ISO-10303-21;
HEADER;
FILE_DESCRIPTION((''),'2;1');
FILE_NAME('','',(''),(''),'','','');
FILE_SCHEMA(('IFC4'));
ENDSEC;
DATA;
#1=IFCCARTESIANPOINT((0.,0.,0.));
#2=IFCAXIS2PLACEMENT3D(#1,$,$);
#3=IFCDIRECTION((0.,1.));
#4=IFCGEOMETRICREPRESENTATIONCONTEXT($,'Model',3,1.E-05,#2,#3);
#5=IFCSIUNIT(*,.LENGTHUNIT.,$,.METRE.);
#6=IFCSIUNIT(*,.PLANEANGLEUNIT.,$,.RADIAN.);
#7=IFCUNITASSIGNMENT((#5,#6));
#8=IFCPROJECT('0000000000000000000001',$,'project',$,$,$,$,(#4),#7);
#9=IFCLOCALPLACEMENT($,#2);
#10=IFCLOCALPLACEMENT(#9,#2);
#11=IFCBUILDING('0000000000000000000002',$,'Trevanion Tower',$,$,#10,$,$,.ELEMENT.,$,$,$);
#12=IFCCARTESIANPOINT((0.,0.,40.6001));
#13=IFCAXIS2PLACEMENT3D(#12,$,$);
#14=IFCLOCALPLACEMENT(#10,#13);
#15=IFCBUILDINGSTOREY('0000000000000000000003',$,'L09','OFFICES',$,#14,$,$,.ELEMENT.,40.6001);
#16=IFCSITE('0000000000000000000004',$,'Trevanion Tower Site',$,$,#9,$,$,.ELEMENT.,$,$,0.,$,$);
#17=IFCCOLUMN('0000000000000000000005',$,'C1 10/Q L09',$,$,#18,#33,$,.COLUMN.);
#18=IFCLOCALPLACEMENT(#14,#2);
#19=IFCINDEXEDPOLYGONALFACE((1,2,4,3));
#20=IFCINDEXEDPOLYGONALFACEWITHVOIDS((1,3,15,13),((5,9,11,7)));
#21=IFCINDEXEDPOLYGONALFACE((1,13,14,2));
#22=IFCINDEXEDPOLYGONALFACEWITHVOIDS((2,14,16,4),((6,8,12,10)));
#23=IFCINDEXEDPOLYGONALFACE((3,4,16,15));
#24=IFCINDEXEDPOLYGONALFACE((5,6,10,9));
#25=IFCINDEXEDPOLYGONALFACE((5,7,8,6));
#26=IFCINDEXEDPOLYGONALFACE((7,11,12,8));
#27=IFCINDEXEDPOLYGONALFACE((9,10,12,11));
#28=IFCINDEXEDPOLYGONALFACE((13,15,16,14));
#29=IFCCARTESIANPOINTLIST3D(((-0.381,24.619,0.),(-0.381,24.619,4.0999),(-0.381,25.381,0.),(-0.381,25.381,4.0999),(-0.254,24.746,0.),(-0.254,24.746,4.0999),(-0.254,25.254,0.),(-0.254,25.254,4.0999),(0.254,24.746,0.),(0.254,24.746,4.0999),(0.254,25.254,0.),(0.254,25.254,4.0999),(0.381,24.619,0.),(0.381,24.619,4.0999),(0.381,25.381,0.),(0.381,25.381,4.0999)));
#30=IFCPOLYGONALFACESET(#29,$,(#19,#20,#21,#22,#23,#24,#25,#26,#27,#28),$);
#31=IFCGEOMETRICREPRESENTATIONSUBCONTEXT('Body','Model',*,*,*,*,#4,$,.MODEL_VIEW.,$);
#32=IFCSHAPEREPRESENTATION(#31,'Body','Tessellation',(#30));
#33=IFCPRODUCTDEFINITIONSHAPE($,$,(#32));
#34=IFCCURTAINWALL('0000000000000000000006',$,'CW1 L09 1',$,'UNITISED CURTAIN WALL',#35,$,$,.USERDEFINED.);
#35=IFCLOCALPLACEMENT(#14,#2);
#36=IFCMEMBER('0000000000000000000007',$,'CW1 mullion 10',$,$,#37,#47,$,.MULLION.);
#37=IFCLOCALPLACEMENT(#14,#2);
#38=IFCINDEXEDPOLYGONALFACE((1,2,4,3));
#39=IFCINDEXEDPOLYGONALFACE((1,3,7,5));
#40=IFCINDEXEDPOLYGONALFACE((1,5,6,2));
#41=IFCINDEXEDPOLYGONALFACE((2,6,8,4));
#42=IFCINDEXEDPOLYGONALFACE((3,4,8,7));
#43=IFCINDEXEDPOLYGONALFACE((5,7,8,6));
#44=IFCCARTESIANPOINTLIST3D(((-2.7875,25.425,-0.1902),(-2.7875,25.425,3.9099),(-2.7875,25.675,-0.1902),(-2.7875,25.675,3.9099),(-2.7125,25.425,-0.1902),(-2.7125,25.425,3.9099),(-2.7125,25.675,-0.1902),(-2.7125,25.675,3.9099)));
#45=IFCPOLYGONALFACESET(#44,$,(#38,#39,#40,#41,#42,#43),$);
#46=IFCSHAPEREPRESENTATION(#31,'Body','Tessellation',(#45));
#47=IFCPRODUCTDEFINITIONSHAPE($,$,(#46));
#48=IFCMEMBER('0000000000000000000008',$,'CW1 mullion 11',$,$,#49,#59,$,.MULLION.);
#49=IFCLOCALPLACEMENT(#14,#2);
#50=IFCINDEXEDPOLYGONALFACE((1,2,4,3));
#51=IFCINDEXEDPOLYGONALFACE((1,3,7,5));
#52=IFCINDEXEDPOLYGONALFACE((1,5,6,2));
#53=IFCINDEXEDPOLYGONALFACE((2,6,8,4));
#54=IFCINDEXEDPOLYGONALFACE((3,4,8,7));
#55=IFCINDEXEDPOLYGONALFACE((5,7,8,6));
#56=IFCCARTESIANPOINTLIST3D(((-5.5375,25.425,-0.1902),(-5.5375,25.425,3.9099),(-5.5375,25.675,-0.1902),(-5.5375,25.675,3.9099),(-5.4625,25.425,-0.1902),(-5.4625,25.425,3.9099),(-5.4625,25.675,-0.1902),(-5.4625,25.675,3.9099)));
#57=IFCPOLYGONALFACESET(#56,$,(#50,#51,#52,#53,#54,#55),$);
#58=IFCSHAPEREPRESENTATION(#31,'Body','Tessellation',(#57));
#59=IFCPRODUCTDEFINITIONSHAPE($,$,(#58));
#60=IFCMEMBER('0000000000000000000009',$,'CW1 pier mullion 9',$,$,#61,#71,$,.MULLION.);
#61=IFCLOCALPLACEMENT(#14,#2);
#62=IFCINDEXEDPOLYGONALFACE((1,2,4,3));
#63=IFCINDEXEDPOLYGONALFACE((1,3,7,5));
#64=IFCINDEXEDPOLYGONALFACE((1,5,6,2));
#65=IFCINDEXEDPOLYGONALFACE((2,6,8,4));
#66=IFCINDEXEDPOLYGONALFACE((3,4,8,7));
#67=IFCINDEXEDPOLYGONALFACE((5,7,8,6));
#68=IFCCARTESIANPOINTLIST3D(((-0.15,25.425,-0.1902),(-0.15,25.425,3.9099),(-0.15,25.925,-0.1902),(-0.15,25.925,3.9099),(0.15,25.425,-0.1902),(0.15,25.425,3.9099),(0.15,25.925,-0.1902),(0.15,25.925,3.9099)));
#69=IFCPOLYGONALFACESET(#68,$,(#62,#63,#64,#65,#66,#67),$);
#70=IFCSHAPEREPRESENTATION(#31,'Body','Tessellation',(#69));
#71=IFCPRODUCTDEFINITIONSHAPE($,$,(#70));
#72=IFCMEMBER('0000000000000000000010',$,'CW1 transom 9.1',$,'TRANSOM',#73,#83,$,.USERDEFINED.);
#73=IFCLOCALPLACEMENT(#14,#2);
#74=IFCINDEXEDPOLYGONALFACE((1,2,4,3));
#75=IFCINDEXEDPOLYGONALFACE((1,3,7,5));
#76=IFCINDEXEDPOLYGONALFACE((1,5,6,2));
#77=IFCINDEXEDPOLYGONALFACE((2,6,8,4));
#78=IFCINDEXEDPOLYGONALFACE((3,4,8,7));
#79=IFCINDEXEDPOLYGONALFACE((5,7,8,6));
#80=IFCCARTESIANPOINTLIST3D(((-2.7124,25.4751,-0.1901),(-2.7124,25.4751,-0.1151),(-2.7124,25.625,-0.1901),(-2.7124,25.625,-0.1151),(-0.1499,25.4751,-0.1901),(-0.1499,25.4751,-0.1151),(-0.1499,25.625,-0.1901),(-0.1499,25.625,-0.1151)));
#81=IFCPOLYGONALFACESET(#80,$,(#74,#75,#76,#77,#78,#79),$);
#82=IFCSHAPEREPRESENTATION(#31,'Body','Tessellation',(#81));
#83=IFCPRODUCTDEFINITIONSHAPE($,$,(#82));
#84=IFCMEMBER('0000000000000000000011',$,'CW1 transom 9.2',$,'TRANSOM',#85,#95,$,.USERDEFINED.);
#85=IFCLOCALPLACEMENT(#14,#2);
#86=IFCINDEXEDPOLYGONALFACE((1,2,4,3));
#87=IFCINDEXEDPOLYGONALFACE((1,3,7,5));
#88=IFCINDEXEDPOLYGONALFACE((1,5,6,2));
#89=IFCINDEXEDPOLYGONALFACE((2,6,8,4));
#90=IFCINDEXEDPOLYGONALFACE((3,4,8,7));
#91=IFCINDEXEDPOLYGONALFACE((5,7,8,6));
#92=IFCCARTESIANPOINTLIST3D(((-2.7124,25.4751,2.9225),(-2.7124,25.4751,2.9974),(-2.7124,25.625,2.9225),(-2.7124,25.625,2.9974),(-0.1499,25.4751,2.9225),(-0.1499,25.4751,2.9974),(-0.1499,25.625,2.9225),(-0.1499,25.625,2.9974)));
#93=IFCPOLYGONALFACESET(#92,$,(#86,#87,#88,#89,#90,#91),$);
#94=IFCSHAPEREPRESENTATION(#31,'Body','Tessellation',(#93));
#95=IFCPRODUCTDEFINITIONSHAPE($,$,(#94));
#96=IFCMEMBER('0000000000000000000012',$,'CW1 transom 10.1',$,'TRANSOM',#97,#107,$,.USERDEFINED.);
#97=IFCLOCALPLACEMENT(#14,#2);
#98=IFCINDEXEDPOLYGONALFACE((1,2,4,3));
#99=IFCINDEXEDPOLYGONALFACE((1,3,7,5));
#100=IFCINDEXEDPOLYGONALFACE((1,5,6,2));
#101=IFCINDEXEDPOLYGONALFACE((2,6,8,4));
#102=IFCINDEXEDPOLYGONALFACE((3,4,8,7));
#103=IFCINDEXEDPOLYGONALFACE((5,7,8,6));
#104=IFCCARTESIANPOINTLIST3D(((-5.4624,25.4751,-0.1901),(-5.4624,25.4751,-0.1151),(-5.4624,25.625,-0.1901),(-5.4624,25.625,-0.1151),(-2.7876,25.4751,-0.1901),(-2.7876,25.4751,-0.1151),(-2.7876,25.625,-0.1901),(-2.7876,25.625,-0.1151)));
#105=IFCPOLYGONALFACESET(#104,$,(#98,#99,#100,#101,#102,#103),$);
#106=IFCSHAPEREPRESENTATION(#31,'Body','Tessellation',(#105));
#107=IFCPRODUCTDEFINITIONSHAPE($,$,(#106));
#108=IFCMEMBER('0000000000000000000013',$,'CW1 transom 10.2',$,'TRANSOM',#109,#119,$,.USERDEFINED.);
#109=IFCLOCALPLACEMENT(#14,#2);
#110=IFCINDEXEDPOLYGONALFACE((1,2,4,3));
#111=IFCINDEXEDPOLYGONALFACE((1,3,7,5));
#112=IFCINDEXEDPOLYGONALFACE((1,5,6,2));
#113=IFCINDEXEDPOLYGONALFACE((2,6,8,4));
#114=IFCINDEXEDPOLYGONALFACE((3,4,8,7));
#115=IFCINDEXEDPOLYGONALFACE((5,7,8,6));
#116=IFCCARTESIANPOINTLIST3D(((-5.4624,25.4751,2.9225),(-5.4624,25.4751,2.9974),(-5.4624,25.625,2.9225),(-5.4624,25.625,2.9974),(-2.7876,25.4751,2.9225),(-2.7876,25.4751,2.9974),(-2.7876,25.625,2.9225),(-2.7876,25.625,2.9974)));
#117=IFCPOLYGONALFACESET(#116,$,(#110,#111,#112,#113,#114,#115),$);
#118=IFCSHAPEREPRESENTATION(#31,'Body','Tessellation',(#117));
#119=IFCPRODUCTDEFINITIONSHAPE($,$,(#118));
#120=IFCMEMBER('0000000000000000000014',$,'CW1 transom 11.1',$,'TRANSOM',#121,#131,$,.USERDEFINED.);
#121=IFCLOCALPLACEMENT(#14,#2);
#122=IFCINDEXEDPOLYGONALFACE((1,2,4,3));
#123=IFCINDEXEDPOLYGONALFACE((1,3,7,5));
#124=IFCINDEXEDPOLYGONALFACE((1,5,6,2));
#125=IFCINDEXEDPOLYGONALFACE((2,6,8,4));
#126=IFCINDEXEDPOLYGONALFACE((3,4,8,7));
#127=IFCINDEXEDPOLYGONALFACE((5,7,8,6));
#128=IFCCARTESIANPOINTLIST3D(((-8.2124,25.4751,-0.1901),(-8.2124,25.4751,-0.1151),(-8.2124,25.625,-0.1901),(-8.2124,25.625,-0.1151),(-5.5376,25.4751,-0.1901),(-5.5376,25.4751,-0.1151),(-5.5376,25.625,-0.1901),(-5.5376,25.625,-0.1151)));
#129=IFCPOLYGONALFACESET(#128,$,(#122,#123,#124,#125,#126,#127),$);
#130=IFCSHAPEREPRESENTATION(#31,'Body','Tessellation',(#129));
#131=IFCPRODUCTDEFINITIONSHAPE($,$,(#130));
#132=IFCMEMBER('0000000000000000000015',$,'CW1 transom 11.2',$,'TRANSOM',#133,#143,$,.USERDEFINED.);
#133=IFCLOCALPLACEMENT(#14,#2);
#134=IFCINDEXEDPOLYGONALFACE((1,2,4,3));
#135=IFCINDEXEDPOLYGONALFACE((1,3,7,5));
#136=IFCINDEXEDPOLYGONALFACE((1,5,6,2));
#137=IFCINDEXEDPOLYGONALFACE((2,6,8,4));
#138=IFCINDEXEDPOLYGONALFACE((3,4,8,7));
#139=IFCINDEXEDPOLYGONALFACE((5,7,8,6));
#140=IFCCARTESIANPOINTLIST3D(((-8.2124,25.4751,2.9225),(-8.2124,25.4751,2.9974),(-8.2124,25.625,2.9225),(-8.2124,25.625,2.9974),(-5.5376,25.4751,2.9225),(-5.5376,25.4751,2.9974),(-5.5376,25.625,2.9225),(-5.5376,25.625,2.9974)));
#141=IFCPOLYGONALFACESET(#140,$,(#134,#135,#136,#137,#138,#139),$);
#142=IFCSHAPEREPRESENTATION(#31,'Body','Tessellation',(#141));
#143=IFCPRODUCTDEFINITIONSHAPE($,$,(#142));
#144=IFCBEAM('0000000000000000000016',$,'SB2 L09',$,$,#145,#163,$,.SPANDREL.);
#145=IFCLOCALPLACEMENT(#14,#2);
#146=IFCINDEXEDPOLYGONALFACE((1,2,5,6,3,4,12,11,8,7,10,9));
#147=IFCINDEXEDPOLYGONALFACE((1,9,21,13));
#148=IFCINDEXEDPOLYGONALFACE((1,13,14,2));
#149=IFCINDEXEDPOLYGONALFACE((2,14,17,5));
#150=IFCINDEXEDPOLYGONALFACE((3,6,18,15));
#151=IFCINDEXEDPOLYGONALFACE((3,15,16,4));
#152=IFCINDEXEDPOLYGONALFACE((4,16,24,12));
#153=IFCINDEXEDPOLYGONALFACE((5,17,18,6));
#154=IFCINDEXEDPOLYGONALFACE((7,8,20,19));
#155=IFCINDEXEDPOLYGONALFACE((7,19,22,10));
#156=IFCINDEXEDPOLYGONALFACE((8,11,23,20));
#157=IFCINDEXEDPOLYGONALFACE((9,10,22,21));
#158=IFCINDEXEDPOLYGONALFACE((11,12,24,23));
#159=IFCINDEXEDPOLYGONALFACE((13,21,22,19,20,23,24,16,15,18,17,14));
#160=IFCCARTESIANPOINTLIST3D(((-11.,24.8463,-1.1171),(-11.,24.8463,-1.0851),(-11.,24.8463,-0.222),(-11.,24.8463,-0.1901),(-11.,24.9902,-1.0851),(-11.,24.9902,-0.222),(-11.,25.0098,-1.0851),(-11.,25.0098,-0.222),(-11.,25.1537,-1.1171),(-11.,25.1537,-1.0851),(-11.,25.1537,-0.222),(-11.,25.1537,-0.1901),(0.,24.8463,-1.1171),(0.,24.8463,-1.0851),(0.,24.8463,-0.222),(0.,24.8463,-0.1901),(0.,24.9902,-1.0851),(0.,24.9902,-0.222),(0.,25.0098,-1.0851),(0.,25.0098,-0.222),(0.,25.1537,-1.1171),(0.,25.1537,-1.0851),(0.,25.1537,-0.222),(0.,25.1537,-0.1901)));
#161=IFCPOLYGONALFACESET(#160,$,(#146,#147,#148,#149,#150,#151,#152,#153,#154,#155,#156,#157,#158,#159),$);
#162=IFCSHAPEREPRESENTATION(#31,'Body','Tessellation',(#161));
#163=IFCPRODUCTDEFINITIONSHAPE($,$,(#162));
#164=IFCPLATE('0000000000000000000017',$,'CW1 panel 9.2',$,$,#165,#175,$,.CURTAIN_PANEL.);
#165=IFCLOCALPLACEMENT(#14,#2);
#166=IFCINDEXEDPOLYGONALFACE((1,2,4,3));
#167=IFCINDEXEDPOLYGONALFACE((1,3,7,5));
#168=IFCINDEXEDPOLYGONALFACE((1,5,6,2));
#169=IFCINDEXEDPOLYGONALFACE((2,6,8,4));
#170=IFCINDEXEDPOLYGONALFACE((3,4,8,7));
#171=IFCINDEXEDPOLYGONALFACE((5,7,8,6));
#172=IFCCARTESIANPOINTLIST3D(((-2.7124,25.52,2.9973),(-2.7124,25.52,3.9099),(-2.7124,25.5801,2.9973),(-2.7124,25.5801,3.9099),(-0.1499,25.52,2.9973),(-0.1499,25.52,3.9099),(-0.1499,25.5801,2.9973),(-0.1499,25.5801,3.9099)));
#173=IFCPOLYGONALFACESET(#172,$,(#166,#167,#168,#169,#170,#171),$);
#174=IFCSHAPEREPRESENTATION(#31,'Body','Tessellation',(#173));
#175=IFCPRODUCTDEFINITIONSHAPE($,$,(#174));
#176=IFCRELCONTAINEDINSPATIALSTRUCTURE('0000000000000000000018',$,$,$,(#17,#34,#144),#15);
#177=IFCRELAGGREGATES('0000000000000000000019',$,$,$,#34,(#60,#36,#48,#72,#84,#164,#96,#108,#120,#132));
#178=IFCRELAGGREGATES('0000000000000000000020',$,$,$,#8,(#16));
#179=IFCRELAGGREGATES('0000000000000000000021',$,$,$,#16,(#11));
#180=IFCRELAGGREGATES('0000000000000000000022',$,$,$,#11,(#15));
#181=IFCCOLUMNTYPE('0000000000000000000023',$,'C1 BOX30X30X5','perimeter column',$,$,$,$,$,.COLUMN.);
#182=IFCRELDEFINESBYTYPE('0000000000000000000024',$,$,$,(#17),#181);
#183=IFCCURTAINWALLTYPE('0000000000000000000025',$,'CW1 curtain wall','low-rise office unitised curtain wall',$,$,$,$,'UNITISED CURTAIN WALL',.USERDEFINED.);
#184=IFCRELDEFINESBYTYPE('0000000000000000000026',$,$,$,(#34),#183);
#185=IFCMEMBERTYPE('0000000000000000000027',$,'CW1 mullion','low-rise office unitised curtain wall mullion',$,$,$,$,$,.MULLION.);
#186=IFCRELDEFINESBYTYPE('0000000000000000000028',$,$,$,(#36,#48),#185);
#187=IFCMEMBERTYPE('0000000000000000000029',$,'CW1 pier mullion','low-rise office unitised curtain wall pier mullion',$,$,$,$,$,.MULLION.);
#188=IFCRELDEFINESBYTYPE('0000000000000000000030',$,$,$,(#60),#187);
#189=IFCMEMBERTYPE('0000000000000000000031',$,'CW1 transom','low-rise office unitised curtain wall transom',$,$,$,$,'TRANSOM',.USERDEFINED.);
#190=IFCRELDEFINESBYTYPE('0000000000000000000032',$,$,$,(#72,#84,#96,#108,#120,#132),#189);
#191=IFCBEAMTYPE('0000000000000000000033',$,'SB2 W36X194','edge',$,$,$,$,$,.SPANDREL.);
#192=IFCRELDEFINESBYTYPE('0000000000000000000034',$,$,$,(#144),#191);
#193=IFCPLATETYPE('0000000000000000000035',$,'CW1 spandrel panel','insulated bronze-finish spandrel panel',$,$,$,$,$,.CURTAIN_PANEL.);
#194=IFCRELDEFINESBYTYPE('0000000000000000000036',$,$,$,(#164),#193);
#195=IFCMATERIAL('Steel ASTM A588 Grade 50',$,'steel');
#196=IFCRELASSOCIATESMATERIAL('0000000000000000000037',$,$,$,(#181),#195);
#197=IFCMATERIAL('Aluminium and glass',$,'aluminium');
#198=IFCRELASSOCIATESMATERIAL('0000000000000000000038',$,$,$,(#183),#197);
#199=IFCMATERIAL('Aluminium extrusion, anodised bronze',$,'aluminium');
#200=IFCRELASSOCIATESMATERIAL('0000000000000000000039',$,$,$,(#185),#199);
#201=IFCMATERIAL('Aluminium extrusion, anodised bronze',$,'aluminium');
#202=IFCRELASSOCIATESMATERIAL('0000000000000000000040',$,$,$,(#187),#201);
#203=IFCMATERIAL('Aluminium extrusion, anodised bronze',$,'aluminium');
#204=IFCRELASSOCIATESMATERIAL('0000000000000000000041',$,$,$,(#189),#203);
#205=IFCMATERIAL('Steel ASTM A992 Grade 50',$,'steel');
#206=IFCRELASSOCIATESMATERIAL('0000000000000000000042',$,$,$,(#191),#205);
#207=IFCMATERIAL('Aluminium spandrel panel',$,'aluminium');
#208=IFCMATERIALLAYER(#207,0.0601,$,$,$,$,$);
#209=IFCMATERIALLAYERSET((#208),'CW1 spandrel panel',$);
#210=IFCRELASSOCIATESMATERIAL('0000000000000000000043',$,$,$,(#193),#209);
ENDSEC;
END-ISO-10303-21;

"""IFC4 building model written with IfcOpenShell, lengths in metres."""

from ifc_helpers import new_model, si_unit, direction, frame, origin, origin_2d, place, context, subcontext, project, spatial, rectangle, hollow_rectangle, i_section, extrude, material, layer, layer_set, material_profile, profile_set, type_object, element, aggregate, save


model = new_model("IFC4")

# Units and contexts
model_context = context("Model", 3, precision=1e-05, world=origin(), true_north=direction((0.0, 1.0)))
body_context = subcontext(model_context, "Body", "Model", "MODEL_VIEW")
ifc_project = project(units=[si_unit("LENGTHUNIT", "METRE"), si_unit("PLANEANGLEUNIT", "RADIAN")], contexts=[model_context])

# Site, building, storey
site_placement = place(None, origin())
site = spatial("IfcSite", under=ifc_project, at=site_placement, Name="Trevanion Tower Site", CompositionType="ELEMENT", RefElevation=0.0)
building_placement = place(site_placement, origin())
building = spatial("IfcBuilding", under=site, at=building_placement, Name="Trevanion Tower", CompositionType="ELEMENT")
storey_placement = place(building_placement, frame((0.0, 0.0, 40.6001)))
storey = spatial("IfcBuildingStorey", under=building, at=storey_placement, Name="L09", Description="OFFICES", CompositionType="ELEMENT", Elevation=40.6001)

# Column
ifc_material_1 = material(Name="Steel ASTM A588 Grade 50", Category="steel")
ifc_material_profile_1 = material_profile(ifc_material_1, hollow_rectangle(XDim=0.762, YDim=0.762, WallThickness=0.127, at=origin_2d()), Name="BOX30X30X5")
ifc_profile_set_1 = profile_set([ifc_material_profile_1], Name="Steel ASTM A588 Grade 50")
column_type = type_object("IfcColumnType", Name="C1 BOX30X30X5", Description="perimeter column", PredefinedType="COLUMN", material=ifc_profile_set_1)
column_placement = place(storey_placement, frame((0.0, 25.0, 0.0), z_axis=(0.0, 0.0, 1.0), x_axis=(1.0, 0.0, 0.0)))
element("IfcColumn", 1, at=column_placement, inside=storey, type_object=column_type, Name="C1 10/Q L09", PredefinedType="COLUMN", context=body_context, shape_type="SweptSolid", body=[
    extrude(hollow_rectangle(XDim=0.762, YDim=0.762, WallThickness=0.127, at=origin_2d()), origin(), (0.0, 0.0, 1.0), 4.0999),
])

# Curtain wall, members
ifc_material_2 = material(Name="Aluminium and glass", Category="aluminium")
curtain_wall_type = type_object("IfcCurtainWallType", Name="CW1 curtain wall", Description="low-rise office unitised curtain wall", ElementType="UNITISED CURTAIN WALL", PredefinedType="USERDEFINED", material=ifc_material_2)
curtain_wall_placement = place(storey_placement, origin())
curtain_wall = element("IfcCurtainWall", 2, at=curtain_wall_placement, inside=storey, type_object=curtain_wall_type, Name="CW1 L09 1", ObjectType="UNITISED CURTAIN WALL", PredefinedType="USERDEFINED")
ifc_material_3 = material(Name="Aluminium extrusion, anodised bronze", Category="aluminium")
ifc_material_profile_2 = material_profile(ifc_material_3, rectangle(XDim=0.075, YDim=0.25, at=origin_2d()), Name="CW1 mullion")
ifc_profile_set_2 = profile_set([ifc_material_profile_2], Name="Aluminium extrusion, anodised bronze")
member_type_1 = type_object("IfcMemberType", Name="CW1 mullion", Description="low-rise office unitised curtain wall mullion", PredefinedType="MULLION", material=ifc_profile_set_2)
member_1_placement = place(storey_placement, frame((-2.75, 25.55, -0.1902), z_axis=(0.0, 0.0, 1.0), x_axis=(-1.0, 0.0, 0.0)))
member_1 = element("IfcMember", 3, at=member_1_placement, type_object=member_type_1, Name="CW1 mullion 10", PredefinedType="MULLION", context=body_context, shape_type="SweptSolid", body=[
    extrude(rectangle(XDim=0.075, YDim=0.25, at=origin_2d()), origin(), (0.0, 0.0, 1.0), 4.1001),
])
member_2_placement = place(storey_placement, frame((-5.5, 25.55, -0.1902), z_axis=(0.0, 0.0, 1.0), x_axis=(-1.0, 0.0, 0.0)))
member_2 = element("IfcMember", 4, at=member_2_placement, type_object=member_type_1, Name="CW1 mullion 11", PredefinedType="MULLION", context=body_context, shape_type="SweptSolid", body=[
    extrude(rectangle(XDim=0.075, YDim=0.25, at=origin_2d()), origin(), (0.0, 0.0, 1.0), 4.1001),
])
ifc_material_4 = material(Name="Aluminium extrusion, anodised bronze", Category="aluminium")
ifc_material_profile_3 = material_profile(ifc_material_4, rectangle(XDim=0.3, YDim=0.5, at=origin_2d()), Name="CW1 pier mullion")
ifc_profile_set_3 = profile_set([ifc_material_profile_3], Name="Aluminium extrusion, anodised bronze")
member_type_2 = type_object("IfcMemberType", Name="CW1 pier mullion", Description="low-rise office unitised curtain wall pier mullion", PredefinedType="MULLION", material=ifc_profile_set_3)
member_3_placement = place(storey_placement, frame((0.0, 25.675, -0.1902), z_axis=(0.0, 0.0, 1.0), x_axis=(-1.0, 0.0, 0.0)))
member_3 = element("IfcMember", 5, at=member_3_placement, type_object=member_type_2, Name="CW1 pier mullion 9", PredefinedType="MULLION", context=body_context, shape_type="SweptSolid", body=[
    extrude(rectangle(XDim=0.3, YDim=0.5, at=origin_2d()), origin(), (0.0, 0.0, 1.0), 4.1001),
])
ifc_material_5 = material(Name="Aluminium extrusion, anodised bronze", Category="aluminium")
ifc_material_profile_4 = material_profile(ifc_material_5, rectangle(XDim=0.1499, YDim=0.075, at=origin_2d()), Name="CW1 transom")
ifc_profile_set_4 = profile_set([ifc_material_profile_4], Name="Aluminium extrusion, anodised bronze")
member_type_3 = type_object("IfcMemberType", Name="CW1 transom", Description="low-rise office unitised curtain wall transom", ElementType="TRANSOM", PredefinedType="USERDEFINED", material=ifc_profile_set_4)
member_4_placement = place(storey_placement, frame((-0.1499, 25.55, -0.1526), z_axis=(-1.0, 0.0, 0.0), x_axis=(0.0, -1.0, 0.0)))
member_4 = element("IfcMember", 6, at=member_4_placement, type_object=member_type_3, Name="CW1 transom 9.1", ObjectType="TRANSOM", PredefinedType="USERDEFINED", context=body_context, shape_type="SweptSolid", body=[
    extrude(rectangle(XDim=0.1499, YDim=0.075, at=origin_2d()), origin(), (0.0, 0.0, 1.0), 2.5625),
])
member_5_placement = place(storey_placement, frame((-0.1499, 25.55, 2.96), z_axis=(-1.0, 0.0, 0.0), x_axis=(0.0, -1.0, 0.0)))
member_5 = element("IfcMember", 7, at=member_5_placement, type_object=member_type_3, Name="CW1 transom 9.2", ObjectType="TRANSOM", PredefinedType="USERDEFINED", context=body_context, shape_type="SweptSolid", body=[
    extrude(rectangle(XDim=0.1499, YDim=0.075, at=origin_2d()), origin(), (0.0, 0.0, 1.0), 2.5625),
])
member_6_placement = place(storey_placement, frame((-2.7876, 25.55, -0.1526), z_axis=(-1.0, 0.0, 0.0), x_axis=(0.0, -1.0, 0.0)))
member_6 = element("IfcMember", 8, at=member_6_placement, type_object=member_type_3, Name="CW1 transom 10.1", ObjectType="TRANSOM", PredefinedType="USERDEFINED", context=body_context, shape_type="SweptSolid", body=[
    extrude(rectangle(XDim=0.1499, YDim=0.075, at=origin_2d()), origin(), (0.0, 0.0, 1.0), 2.6748),
])
member_7_placement = place(storey_placement, frame((-2.7876, 25.55, 2.96), z_axis=(-1.0, 0.0, 0.0), x_axis=(0.0, -1.0, 0.0)))
member_7 = element("IfcMember", 9, at=member_7_placement, type_object=member_type_3, Name="CW1 transom 10.2", ObjectType="TRANSOM", PredefinedType="USERDEFINED", context=body_context, shape_type="SweptSolid", body=[
    extrude(rectangle(XDim=0.1499, YDim=0.075, at=origin_2d()), origin(), (0.0, 0.0, 1.0), 2.6748),
])
member_8_placement = place(storey_placement, frame((-5.5376, 25.55, -0.1526), z_axis=(-1.0, 0.0, 0.0), x_axis=(0.0, -1.0, 0.0)))
member_8 = element("IfcMember", 10, at=member_8_placement, type_object=member_type_3, Name="CW1 transom 11.1", ObjectType="TRANSOM", PredefinedType="USERDEFINED", context=body_context, shape_type="SweptSolid", body=[
    extrude(rectangle(XDim=0.1499, YDim=0.075, at=origin_2d()), origin(), (0.0, 0.0, 1.0), 2.6748),
])
member_9_placement = place(storey_placement, frame((-5.5376, 25.55, 2.96), z_axis=(-1.0, 0.0, 0.0), x_axis=(0.0, -1.0, 0.0)))
member_9 = element("IfcMember", 11, at=member_9_placement, type_object=member_type_3, Name="CW1 transom 11.2", ObjectType="TRANSOM", PredefinedType="USERDEFINED", context=body_context, shape_type="SweptSolid", body=[
    extrude(rectangle(XDim=0.1499, YDim=0.075, at=origin_2d()), origin(), (0.0, 0.0, 1.0), 2.6748),
])

# Beam
ifc_material_6 = material(Name="Steel ASTM A992 Grade 50", Category="steel")
ifc_material_profile_5 = material_profile(ifc_material_6, i_section(OverallWidth=0.3074, OverallDepth=0.927, WebThickness=0.0195, FlangeThickness=0.032, at=origin_2d()), Name="W36X194")
ifc_profile_set_5 = profile_set([ifc_material_profile_5], Name="Steel ASTM A992 Grade 50")
beam_type = type_object("IfcBeamType", Name="SB2 W36X194", Description="edge", PredefinedType="SPANDREL", material=ifc_profile_set_5)
beam_placement = place(storey_placement, frame((0.0, 25.0, -0.6536), z_axis=(-1.0, 0.0, 0.0), x_axis=(0.0, -1.0, 0.0)))
element("IfcBeam", 12, at=beam_placement, inside=storey, type_object=beam_type, Name="SB2 L09", PredefinedType="SPANDREL", context=body_context, shape_type="SweptSolid", body=[
    extrude(i_section(OverallWidth=0.3074, OverallDepth=0.927, WebThickness=0.0195, FlangeThickness=0.032, at=origin_2d()), origin(), (0.0, 0.0, 1.0), 11.0),
])

# Plate
ifc_material_7 = material(Name="Aluminium spandrel panel", Category="aluminium")
ifc_layer_1 = layer(ifc_material_7, 0.0601)
ifc_layer_set_1 = layer_set([ifc_layer_1], Name="CW1 spandrel panel")
plate_type_1 = type_object("IfcPlateType", Name="CW1 spandrel panel", Description="insulated bronze-finish spandrel panel", PredefinedType="CURTAIN_PANEL", material=ifc_layer_set_1)
plate_1_placement = place(storey_placement, frame((-1.4312, 25.55, 2.9973), z_axis=(0.0, 0.0, 1.0), x_axis=(-1.0, 0.0, 0.0)))
plate_1 = element("IfcPlate", 13, at=plate_1_placement, type_object=plate_type_1, Name="CW1 panel 9.2", PredefinedType="CURTAIN_PANEL", context=body_context, shape_type="SweptSolid", body=[
    extrude(rectangle(XDim=2.5625, YDim=0.0601, at=origin_2d()), origin(), (0.0, 0.0, 1.0), 0.9126),
])
aggregate(curtain_wall, [member_3, member_1, member_2, member_4, member_5, plate_1, member_6, member_7, member_8, member_9])

save(model, "model.ifc")
